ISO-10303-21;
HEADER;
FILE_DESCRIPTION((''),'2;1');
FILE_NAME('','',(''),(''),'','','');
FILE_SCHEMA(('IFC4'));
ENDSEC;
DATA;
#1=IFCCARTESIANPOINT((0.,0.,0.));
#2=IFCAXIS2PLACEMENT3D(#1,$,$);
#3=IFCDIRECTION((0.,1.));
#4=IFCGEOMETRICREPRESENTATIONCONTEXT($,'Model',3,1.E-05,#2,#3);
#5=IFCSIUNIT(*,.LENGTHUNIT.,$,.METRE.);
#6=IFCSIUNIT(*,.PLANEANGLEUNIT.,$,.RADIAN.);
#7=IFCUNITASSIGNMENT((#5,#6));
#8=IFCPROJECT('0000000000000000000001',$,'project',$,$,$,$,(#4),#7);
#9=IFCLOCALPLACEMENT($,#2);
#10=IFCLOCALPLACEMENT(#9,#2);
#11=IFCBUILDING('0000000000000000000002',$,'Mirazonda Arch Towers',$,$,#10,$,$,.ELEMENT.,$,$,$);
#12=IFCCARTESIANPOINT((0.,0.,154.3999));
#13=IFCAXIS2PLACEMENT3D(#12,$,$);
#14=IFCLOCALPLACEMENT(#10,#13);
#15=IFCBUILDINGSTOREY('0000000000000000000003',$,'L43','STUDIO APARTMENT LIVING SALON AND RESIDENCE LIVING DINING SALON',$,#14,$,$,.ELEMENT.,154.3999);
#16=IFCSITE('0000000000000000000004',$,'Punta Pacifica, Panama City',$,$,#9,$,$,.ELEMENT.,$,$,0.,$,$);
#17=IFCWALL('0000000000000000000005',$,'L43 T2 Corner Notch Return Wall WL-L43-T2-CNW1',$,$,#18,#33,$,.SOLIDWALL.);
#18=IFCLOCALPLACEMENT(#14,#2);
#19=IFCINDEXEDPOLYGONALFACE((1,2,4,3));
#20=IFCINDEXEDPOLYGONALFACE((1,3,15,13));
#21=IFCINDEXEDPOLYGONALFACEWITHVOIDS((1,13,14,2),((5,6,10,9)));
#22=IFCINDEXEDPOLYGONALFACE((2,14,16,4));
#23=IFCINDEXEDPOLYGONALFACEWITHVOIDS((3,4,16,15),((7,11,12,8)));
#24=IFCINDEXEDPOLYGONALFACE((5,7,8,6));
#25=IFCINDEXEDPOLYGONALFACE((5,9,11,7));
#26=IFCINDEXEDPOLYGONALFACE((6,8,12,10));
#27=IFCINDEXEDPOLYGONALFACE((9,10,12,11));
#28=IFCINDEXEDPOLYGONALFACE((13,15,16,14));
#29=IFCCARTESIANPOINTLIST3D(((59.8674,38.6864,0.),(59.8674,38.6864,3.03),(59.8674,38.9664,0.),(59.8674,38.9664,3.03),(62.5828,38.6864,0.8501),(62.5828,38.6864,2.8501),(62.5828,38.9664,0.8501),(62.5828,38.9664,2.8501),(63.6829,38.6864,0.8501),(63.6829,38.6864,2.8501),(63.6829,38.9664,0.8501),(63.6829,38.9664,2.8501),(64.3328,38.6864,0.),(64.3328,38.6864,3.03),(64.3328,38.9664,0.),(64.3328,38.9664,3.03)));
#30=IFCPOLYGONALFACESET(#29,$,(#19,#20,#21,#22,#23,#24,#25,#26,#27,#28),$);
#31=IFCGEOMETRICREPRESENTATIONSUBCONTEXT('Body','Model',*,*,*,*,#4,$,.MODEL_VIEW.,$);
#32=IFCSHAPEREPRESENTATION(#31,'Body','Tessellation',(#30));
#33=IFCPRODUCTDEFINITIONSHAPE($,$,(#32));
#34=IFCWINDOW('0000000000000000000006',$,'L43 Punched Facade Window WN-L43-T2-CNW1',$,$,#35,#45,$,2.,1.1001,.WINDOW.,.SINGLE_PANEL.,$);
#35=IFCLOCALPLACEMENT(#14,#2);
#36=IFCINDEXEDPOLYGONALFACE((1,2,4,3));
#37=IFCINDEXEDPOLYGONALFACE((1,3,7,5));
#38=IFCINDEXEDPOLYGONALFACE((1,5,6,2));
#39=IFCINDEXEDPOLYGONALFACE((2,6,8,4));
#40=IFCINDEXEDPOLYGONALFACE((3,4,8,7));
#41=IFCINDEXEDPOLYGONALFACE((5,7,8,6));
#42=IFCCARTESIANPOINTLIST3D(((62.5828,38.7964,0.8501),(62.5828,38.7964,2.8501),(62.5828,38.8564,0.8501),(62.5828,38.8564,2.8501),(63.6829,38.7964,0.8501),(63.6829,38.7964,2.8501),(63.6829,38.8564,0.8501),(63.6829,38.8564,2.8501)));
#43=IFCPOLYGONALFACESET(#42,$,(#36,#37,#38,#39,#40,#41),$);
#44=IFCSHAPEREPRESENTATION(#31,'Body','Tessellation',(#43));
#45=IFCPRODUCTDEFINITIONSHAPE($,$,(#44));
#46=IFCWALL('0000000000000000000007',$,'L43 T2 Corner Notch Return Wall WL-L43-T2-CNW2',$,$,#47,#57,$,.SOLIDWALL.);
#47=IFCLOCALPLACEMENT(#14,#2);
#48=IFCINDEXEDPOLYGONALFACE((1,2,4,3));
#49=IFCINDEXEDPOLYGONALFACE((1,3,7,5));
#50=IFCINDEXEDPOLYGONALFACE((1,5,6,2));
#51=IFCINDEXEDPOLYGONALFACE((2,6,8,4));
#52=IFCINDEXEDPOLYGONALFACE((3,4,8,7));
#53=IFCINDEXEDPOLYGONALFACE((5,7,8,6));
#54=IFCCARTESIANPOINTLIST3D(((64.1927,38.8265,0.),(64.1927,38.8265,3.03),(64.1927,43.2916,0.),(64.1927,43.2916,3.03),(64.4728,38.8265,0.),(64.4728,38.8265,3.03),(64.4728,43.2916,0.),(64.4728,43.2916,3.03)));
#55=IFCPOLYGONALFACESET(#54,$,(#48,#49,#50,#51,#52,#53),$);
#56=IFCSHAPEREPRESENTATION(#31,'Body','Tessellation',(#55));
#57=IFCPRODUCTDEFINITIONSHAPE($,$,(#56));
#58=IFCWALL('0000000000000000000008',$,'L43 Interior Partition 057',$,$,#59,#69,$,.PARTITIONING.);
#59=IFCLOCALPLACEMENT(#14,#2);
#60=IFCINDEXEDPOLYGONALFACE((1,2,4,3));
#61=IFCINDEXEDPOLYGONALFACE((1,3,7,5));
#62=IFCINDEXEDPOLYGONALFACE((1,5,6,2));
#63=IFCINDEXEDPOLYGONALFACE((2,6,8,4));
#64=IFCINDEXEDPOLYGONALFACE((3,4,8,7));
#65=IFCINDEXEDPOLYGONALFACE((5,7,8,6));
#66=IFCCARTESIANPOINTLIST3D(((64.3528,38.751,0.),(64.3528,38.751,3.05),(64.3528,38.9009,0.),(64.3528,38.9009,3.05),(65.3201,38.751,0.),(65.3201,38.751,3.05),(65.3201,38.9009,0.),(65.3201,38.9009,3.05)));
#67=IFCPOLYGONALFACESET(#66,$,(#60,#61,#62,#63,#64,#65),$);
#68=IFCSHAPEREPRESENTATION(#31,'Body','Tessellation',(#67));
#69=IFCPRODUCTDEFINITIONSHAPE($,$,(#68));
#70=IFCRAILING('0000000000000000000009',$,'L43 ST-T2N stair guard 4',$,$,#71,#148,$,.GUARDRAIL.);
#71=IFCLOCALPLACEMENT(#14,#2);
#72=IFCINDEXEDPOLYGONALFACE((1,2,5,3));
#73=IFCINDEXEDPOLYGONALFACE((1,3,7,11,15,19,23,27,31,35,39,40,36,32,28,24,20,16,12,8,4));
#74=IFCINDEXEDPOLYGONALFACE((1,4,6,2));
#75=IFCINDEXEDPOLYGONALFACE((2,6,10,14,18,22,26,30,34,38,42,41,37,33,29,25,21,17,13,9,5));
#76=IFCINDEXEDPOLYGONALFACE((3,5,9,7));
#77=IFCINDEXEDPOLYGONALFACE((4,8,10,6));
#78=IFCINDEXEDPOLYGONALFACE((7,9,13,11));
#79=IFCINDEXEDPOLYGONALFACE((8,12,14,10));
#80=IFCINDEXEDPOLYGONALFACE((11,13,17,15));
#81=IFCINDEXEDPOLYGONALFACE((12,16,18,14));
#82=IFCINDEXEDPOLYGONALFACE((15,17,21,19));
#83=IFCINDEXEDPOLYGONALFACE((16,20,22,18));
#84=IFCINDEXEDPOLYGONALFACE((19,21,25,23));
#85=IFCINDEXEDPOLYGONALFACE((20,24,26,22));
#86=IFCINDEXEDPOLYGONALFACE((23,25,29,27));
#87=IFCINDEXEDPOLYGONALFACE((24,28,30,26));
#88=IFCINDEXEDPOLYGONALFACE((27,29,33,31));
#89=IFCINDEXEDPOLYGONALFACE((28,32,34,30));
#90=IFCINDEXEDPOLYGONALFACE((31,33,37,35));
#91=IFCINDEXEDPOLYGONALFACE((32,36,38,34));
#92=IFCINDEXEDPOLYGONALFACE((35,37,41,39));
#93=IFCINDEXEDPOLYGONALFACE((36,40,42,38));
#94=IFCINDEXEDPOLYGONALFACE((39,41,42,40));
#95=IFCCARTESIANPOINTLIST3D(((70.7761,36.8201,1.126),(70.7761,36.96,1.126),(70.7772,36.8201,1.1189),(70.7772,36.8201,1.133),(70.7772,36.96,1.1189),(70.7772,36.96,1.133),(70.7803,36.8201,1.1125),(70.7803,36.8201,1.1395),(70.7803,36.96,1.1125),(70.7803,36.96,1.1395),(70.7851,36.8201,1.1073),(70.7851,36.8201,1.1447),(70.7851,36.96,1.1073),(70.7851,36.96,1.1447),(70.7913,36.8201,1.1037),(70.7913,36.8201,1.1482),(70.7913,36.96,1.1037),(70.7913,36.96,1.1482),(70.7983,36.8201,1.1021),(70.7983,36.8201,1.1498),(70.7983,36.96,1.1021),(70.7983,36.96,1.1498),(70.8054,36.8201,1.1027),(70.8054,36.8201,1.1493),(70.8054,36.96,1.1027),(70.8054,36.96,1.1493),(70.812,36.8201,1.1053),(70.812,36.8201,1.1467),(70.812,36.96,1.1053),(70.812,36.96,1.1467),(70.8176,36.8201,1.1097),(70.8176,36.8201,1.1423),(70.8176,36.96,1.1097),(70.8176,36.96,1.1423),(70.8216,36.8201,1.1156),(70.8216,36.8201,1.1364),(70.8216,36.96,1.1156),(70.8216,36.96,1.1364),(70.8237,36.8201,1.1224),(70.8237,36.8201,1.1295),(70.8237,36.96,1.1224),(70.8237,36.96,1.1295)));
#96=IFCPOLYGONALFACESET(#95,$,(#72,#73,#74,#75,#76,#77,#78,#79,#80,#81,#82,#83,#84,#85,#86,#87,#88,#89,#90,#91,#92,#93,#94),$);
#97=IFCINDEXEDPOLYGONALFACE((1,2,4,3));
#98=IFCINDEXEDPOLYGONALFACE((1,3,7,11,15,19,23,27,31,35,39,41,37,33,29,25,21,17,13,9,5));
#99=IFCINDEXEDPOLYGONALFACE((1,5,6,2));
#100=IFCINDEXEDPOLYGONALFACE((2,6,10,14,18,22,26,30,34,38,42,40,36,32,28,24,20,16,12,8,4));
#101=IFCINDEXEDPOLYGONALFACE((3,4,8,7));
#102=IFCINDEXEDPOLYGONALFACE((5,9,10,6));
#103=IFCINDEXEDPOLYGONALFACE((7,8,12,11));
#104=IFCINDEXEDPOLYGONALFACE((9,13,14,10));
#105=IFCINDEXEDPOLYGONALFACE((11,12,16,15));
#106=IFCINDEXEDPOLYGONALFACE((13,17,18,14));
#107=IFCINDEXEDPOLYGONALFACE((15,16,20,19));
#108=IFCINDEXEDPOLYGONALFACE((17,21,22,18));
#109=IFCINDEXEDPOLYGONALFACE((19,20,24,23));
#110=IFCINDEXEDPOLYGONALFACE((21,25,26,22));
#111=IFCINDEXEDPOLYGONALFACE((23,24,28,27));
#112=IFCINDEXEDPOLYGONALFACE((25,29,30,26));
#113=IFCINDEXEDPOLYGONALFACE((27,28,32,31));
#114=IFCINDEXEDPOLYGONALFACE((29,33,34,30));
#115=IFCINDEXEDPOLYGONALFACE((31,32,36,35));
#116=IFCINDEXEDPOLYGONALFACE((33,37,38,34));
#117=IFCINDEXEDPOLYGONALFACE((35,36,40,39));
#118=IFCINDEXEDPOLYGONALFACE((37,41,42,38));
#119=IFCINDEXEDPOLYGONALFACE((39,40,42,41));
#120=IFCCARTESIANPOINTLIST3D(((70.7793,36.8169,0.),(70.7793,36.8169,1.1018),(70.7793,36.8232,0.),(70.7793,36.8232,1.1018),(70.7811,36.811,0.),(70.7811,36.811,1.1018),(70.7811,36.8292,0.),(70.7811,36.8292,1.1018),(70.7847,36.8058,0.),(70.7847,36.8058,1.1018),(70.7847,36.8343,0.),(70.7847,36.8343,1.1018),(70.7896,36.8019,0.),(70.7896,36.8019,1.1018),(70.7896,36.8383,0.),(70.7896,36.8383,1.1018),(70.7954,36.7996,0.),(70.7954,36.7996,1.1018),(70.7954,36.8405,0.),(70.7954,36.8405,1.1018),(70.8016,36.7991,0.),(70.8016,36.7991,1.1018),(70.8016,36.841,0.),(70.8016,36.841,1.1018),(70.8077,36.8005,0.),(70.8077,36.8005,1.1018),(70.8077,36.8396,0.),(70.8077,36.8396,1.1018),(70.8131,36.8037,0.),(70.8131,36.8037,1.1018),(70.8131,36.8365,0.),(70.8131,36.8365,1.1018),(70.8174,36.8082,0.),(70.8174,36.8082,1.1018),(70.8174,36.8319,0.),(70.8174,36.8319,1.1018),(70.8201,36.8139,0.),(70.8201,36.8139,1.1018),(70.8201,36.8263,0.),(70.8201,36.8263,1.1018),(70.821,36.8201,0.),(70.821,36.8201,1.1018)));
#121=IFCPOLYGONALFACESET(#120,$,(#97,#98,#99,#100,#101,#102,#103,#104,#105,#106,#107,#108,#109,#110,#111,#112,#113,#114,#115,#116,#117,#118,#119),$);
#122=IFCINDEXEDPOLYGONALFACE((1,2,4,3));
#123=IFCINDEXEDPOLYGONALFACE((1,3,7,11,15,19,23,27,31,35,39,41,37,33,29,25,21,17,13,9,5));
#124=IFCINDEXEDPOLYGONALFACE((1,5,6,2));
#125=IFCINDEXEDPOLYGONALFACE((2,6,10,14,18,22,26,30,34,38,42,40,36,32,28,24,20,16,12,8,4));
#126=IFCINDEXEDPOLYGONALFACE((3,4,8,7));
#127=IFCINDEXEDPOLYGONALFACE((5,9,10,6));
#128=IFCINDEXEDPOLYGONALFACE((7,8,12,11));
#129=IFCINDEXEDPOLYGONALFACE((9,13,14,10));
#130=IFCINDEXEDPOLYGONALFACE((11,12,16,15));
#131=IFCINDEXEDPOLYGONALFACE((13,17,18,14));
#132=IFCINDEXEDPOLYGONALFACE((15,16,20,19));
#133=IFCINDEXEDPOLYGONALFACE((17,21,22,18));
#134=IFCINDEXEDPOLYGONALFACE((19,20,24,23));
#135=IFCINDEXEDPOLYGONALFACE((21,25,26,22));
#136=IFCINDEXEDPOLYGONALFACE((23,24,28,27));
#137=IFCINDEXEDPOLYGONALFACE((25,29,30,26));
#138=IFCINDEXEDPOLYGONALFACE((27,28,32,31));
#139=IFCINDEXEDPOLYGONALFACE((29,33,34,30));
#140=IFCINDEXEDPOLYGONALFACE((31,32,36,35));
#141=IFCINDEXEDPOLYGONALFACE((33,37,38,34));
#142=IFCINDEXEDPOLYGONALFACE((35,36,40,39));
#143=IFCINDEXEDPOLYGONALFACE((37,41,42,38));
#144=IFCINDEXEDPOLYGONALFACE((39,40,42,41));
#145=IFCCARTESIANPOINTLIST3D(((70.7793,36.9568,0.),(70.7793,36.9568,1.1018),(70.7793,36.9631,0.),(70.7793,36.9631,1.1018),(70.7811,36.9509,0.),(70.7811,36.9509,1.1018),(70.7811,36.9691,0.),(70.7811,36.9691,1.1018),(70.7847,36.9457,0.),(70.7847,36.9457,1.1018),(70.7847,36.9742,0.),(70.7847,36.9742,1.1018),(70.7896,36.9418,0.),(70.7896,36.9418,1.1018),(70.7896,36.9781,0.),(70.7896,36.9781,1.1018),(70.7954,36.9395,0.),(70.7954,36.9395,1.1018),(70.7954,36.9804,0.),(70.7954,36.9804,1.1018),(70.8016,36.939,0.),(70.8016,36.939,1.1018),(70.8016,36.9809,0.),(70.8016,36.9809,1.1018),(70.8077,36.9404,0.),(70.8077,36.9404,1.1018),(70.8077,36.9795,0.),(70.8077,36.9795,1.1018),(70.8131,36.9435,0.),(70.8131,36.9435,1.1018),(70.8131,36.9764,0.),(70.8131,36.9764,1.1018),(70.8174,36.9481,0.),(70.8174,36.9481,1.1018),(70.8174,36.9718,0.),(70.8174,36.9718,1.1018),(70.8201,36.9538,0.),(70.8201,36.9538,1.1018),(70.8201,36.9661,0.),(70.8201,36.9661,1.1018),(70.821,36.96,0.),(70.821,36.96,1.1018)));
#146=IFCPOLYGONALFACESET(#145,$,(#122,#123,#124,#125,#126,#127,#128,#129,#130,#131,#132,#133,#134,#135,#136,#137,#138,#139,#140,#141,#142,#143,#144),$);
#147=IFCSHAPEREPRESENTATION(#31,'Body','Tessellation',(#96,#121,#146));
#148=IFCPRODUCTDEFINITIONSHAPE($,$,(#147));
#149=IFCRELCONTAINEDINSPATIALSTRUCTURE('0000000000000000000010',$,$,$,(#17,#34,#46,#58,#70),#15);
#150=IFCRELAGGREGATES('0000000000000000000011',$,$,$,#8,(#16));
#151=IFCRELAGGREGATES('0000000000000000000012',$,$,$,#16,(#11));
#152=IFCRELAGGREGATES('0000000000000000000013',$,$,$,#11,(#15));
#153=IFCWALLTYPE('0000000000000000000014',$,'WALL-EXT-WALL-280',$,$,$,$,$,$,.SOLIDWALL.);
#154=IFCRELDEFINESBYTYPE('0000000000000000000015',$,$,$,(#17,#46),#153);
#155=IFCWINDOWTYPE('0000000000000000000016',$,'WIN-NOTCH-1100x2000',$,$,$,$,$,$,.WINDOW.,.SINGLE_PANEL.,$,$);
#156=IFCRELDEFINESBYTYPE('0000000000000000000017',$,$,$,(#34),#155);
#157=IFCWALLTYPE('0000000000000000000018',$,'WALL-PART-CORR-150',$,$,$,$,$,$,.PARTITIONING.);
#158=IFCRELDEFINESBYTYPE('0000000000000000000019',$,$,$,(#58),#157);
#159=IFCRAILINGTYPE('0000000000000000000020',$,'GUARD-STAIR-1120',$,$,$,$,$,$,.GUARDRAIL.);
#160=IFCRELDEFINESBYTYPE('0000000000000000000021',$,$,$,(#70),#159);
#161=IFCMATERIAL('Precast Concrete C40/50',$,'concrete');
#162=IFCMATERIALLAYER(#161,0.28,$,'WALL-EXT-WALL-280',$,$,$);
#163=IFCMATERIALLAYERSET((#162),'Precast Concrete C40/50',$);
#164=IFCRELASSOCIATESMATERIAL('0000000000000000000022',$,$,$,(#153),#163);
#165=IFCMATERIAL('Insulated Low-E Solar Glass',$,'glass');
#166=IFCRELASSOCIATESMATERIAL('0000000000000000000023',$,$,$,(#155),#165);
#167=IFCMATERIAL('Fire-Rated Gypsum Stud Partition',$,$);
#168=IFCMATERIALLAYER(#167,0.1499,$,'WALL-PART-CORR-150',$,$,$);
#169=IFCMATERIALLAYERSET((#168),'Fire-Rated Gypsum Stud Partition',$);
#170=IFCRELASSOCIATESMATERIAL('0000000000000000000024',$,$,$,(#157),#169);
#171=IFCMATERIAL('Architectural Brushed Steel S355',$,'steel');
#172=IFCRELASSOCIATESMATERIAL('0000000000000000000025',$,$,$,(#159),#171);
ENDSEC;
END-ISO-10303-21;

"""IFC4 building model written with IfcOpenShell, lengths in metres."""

from ifc_helpers import new_model, si_unit, direction, frame, frame_2d, origin, origin_2d, place, context, subcontext, project, spatial, rectangle, circle, extrude, material, layer, layer_set, type_object, element, fill, save


model = new_model("IFC4")

# Units and contexts
model_context = context("Model", 3, precision=1e-05, world=origin(), true_north=direction((0.0, 1.0)))
body_context = subcontext(model_context, "Body", "Model", "MODEL_VIEW")
ifc_project = project(units=[si_unit("LENGTHUNIT", "METRE"), si_unit("PLANEANGLEUNIT", "RADIAN")], contexts=[model_context])

# Site, building, storey
site_placement = place(None, origin())
site = spatial("IfcSite", under=ifc_project, at=site_placement, Name="Punta Pacifica, Panama City", CompositionType="ELEMENT", RefElevation=0.0)
building_placement = place(site_placement, origin())
building = spatial("IfcBuilding", under=site, at=building_placement, Name="Mirazonda Arch Towers", CompositionType="ELEMENT")
storey_placement = place(building_placement, frame((0.0, 0.0, 154.3999)))
storey = spatial("IfcBuildingStorey", under=building, at=storey_placement, Name="L43", Description="STUDIO APARTMENT LIVING SALON AND RESIDENCE LIVING DINING SALON", CompositionType="ELEMENT", Elevation=154.3999)

# Shared definitions
ifc_material_1 = material(Name="Insulated Low-E Solar Glass", Category="glass")

# Wall, opening, window
ifc_material_2 = material(Name="Precast Concrete C40/50", Category="concrete")
ifc_layer_1 = layer(ifc_material_2, 0.28, Name="WALL-EXT-WALL-280")
ifc_layer_set_1 = layer_set([ifc_layer_1], Name="Precast Concrete C40/50")
wall_type_1 = type_object("IfcWallType", Name="WALL-EXT-WALL-280", PredefinedType="SOLIDWALL", material=ifc_layer_set_1)
wall_1_placement = place(storey_placement, frame((64.3328, 38.8264, 0.0), z_axis=(0.0, 0.0, 1.0), x_axis=(-1.0, 0.0, 0.0)))
wall_1 = element("IfcWall", 1, at=wall_1_placement, inside=storey, type_object=wall_type_1, Name="L43 T2 Corner Notch Return Wall WL-L43-T2-CNW1", PredefinedType="SOLIDWALL", context=body_context, shape_type="SweptSolid", body=[
    extrude(rectangle(XDim=4.4653, YDim=0.28, at=frame_2d((2.2327, 0.0))), origin(), (0.0, 0.0, 1.0), 3.03),
])
opening_placement = place(wall_1_placement, frame((0.6499, 0.0, 0.8501)))
opening = element("IfcOpeningElement", 2, at=opening_placement, cuts=wall_1, PredefinedType="OPENING", context=body_context, shape_type="SweptSolid", body=[
    extrude(rectangle(XDim=1.1001, YDim=2.0, at=frame_2d((0.55, 1.0))), frame((0.0, 0.1499, 0.0), z_axis=(0.0, -1.0, 0.0), x_axis=(1.0, 0.0, 0.0)), (0.0, 0.0, 1.0), 0.3),
])
window_type = type_object("IfcWindowType", Name="WIN-NOTCH-1100x2000", PartitioningType="SINGLE_PANEL", PredefinedType="WINDOW", material=ifc_material_1)
window_placement = place(opening_placement, origin())
window = element("IfcWindow", 3, at=window_placement, inside=storey, type_object=window_type, Name="L43 Punched Facade Window WN-L43-T2-CNW1", OverallHeight=2.0, OverallWidth=1.1001, PartitioningType="SINGLE_PANEL", PredefinedType="WINDOW", context=body_context, shape_type="SweptSolid", body=[
    extrude(rectangle(XDim=1.1001, YDim=2.0, at=frame_2d((0.55, 1.0))), frame((0.0, 0.03, 0.0), z_axis=(0.0, -1.0, 0.0), x_axis=(1.0, 0.0, 0.0)), (0.0, 0.0, 1.0), 0.0601),
])
fill(opening, window)

# Walls
wall_2_placement = place(storey_placement, frame((64.3328, 43.2915, 0.0), z_axis=(0.0, 0.0, 1.0), x_axis=(0.0, -1.0, 0.0)))
element("IfcWall", 4, at=wall_2_placement, inside=storey, type_object=wall_type_1, Name="L43 T2 Corner Notch Return Wall WL-L43-T2-CNW2", PredefinedType="SOLIDWALL", context=body_context, shape_type="SweptSolid", body=[
    extrude(rectangle(XDim=4.4651, YDim=0.28, at=frame_2d((2.2324, 0.0))), origin(), (0.0, 0.0, 1.0), 3.03),
])
ifc_material_3 = material(Name="Fire-Rated Gypsum Stud Partition")
ifc_layer_2 = layer(ifc_material_3, 0.1499, Name="WALL-PART-CORR-150")
ifc_layer_set_2 = layer_set([ifc_layer_2], Name="Fire-Rated Gypsum Stud Partition")
wall_type_2 = type_object("IfcWallType", Name="WALL-PART-CORR-150", PredefinedType="PARTITIONING", material=ifc_layer_set_2)
wall_3_placement = place(storey_placement, frame((64.3528, 38.8259, 0.0), z_axis=(0.0, 0.0, 1.0), x_axis=(1.0, 0.0, 0.0)))
element("IfcWall", 5, at=wall_3_placement, inside=storey, type_object=wall_type_2, Name="L43 Interior Partition 057", PredefinedType="PARTITIONING", context=body_context, shape_type="SweptSolid", body=[
    extrude(rectangle(XDim=0.9673, YDim=0.1499, at=frame_2d((0.4836, 0.0))), origin(), (0.0, 0.0, 1.0), 3.05),
])

# Railing
ifc_material_4 = material(Name="Architectural Brushed Steel S355", Category="steel")
railing_type = type_object("IfcRailingType", Name="GUARD-STAIR-1120", PredefinedType="GUARDRAIL", material=ifc_material_4)
railing_placement = place(storey_placement, frame((70.8, 36.8201, 0.0)))
element("IfcRailing", 6, at=railing_placement, inside=storey, type_object=railing_type, Name="L43 ST-T2N stair guard 4", PredefinedType="GUARDRAIL", context=body_context, shape_type="SweptSolid", body=[
    extrude(circle(Radius=0.0239, at=origin_2d()), frame((0.0, 0.0, 1.126), z_axis=(0.0, 1.0, 0.0), x_axis=(-1.0, 0.0, 0.0)), (0.0, 0.0, 1.0), 0.1399),
    extrude(circle(Radius=0.021, at=origin_2d()), origin(), (0.0, 0.0, 1.0), 1.1018),
    extrude(circle(Radius=0.021, at=origin_2d()), frame((0.0, 0.1399, 0.0)), (0.0, 0.0, 1.0), 1.1018),
])

save(model, "model.ifc")
